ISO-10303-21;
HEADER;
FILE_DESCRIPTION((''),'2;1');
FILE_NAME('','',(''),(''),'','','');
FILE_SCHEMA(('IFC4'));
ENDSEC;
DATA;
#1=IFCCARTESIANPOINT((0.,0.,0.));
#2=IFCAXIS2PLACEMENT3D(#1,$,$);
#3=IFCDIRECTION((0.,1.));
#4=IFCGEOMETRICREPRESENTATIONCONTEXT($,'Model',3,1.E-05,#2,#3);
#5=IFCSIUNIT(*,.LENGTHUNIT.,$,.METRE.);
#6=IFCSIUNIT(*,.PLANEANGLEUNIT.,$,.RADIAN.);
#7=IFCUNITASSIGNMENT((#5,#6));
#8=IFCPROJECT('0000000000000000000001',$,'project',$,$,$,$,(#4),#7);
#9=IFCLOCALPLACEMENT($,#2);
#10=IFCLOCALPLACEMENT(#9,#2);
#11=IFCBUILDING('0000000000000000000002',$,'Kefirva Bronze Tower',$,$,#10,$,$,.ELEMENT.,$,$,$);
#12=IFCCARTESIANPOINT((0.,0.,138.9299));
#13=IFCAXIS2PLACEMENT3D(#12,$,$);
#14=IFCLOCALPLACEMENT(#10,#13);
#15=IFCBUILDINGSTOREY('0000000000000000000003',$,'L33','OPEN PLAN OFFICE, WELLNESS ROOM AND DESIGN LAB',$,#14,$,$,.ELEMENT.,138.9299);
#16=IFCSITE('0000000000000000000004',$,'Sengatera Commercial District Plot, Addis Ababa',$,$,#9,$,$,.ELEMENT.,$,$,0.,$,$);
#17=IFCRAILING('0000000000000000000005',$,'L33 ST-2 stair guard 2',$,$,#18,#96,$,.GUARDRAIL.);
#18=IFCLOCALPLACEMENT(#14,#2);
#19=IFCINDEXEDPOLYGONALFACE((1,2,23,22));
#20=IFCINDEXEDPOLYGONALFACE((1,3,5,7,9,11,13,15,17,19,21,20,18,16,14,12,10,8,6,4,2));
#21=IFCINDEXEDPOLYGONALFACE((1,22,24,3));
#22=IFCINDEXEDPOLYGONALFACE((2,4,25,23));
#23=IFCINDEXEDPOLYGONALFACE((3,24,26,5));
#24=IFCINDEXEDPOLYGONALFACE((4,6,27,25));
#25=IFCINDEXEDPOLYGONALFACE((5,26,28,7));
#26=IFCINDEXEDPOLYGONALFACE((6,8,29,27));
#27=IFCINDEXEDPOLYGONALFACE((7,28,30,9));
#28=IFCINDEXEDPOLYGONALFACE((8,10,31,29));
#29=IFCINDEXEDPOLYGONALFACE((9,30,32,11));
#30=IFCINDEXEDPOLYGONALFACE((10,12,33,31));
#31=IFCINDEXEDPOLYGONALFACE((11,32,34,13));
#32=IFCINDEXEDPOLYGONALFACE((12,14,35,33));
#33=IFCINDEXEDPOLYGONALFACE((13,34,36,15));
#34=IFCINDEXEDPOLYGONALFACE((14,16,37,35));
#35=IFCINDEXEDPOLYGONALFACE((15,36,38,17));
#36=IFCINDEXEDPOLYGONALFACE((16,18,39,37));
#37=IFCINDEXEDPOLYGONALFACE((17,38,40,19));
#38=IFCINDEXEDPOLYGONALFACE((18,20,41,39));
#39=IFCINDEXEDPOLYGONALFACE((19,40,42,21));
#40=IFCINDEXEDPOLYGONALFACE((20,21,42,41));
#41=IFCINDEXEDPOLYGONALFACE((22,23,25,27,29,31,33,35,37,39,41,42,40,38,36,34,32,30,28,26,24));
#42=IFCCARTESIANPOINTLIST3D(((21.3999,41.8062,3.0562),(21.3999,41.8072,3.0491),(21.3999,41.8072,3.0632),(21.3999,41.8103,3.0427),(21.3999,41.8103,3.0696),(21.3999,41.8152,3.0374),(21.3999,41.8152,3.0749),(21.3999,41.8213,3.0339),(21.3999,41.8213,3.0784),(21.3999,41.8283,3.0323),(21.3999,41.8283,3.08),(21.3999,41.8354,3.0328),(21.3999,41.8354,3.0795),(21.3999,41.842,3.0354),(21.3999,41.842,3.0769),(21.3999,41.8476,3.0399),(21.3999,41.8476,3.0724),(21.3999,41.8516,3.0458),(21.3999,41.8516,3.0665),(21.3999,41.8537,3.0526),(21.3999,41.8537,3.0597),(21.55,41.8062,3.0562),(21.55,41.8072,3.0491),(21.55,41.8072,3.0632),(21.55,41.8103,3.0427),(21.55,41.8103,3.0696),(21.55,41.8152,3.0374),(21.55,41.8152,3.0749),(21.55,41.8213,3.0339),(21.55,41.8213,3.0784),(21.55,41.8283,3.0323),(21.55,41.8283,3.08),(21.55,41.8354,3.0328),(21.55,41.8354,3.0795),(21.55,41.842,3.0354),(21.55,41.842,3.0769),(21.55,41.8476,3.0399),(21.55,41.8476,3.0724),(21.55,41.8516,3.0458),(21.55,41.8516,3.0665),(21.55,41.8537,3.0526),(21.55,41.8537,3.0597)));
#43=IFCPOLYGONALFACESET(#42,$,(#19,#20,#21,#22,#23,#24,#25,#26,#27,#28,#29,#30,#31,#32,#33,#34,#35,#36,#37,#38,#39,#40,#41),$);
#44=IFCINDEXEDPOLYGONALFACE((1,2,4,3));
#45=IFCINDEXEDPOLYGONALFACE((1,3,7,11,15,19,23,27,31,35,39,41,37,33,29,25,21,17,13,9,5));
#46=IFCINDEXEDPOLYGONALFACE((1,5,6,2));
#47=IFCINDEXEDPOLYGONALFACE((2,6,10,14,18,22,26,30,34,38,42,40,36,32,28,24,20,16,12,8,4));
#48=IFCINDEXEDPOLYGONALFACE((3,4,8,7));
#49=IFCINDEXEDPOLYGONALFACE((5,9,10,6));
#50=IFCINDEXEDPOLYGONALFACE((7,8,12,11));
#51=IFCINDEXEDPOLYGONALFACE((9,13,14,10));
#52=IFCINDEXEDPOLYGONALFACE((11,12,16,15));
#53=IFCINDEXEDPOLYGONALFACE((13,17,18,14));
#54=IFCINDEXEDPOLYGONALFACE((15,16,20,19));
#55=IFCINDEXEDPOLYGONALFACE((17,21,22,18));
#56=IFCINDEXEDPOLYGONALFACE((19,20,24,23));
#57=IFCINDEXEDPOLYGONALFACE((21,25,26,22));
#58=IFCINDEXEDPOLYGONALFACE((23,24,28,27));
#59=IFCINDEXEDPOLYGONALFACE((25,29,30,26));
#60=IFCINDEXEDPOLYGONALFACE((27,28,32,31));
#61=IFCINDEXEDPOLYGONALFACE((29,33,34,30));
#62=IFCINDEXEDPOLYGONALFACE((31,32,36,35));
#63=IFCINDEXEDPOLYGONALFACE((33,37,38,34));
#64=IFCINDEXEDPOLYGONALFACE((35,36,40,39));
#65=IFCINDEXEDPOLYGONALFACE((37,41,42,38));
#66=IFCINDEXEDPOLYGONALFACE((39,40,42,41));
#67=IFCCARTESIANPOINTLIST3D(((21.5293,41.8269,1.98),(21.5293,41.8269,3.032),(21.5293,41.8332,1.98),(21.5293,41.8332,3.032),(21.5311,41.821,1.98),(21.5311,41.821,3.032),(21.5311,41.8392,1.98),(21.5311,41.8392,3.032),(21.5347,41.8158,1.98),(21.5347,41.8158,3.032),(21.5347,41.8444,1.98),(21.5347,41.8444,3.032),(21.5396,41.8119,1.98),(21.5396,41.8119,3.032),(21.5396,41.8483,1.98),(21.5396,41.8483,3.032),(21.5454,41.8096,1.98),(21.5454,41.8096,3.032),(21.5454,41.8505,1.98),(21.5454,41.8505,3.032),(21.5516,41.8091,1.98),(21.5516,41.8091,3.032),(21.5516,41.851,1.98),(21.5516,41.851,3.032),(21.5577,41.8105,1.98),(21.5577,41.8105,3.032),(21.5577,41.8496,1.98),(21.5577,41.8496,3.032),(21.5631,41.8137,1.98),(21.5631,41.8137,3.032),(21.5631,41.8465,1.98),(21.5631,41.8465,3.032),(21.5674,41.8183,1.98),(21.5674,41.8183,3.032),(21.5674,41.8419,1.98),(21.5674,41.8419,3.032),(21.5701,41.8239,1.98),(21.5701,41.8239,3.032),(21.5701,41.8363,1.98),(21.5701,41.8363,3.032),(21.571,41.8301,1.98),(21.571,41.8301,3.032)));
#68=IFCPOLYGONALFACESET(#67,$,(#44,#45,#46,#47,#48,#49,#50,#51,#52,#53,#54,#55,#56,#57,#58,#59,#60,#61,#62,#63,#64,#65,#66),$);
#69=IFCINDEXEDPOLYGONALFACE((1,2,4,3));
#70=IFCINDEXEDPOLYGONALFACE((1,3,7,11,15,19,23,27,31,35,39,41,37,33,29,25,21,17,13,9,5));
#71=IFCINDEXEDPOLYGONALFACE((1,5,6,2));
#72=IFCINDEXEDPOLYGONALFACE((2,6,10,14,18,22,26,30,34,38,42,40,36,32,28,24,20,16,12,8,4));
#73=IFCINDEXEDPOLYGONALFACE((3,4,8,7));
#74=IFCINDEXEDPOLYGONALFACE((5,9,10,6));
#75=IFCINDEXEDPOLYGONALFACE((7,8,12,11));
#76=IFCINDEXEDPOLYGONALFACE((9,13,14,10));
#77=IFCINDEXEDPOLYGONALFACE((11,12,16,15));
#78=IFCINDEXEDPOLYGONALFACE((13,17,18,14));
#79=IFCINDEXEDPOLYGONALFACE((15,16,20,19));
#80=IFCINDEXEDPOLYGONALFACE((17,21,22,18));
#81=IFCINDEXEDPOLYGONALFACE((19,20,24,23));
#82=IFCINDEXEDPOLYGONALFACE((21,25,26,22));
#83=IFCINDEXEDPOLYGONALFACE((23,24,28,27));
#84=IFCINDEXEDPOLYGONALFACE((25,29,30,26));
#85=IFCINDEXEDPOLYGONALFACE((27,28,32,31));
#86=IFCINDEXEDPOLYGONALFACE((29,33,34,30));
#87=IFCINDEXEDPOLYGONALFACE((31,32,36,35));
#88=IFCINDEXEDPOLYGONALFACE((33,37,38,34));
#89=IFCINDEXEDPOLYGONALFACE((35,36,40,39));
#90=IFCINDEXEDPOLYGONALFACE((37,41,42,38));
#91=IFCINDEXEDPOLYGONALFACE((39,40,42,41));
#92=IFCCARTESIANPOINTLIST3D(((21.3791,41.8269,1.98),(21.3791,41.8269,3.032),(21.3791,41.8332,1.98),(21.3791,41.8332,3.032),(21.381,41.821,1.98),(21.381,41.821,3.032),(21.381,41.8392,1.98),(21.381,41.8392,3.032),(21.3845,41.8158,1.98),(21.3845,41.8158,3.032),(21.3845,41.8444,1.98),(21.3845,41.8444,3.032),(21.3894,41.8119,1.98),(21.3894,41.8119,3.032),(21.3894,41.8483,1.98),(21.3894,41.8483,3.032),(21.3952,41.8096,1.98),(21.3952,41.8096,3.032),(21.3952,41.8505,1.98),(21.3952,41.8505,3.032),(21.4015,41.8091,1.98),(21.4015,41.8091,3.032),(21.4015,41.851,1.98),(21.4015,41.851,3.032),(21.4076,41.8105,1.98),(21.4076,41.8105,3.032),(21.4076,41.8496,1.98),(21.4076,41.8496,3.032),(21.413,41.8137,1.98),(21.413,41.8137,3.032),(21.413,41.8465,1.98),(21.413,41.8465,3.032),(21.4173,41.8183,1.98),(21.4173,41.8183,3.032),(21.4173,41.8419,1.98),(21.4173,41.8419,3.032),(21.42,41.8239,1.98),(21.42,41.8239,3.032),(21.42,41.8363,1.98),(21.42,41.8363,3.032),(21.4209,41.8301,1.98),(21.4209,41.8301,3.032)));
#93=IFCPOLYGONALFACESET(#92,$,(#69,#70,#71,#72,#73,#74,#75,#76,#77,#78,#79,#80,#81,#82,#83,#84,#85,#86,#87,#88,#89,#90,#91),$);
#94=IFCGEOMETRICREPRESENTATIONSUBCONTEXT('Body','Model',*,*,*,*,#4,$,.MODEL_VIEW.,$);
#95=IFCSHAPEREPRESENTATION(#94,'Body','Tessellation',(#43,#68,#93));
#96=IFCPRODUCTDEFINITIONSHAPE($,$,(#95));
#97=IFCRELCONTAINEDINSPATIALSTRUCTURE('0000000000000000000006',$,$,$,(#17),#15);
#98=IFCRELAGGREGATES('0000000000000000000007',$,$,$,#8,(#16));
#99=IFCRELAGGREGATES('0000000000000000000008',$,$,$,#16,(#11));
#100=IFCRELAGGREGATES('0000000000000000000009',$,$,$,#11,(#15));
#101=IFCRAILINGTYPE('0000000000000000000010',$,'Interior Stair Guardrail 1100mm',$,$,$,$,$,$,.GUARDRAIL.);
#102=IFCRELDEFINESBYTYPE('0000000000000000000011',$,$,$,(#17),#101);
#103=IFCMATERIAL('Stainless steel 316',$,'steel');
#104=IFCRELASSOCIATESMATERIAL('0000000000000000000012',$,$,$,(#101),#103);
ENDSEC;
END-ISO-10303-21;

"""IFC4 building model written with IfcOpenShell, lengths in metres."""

from ifc_helpers import new_model, si_unit, direction, frame, origin, origin_2d, place, context, subcontext, project, spatial, circle, extrude, material, type_object, element, save


model = new_model("IFC4")

# Units and contexts
model_context = context("Model", 3, precision=1e-05, world=origin(), true_north=direction((0.0, 1.0)))
body_context = subcontext(model_context, "Body", "Model", "MODEL_VIEW")
ifc_project = project(units=[si_unit("LENGTHUNIT", "METRE"), si_unit("PLANEANGLEUNIT", "RADIAN")], contexts=[model_context])

# Site, building, storey
site_placement = place(None, origin())
site = spatial("IfcSite", under=ifc_project, at=site_placement, Name="Sengatera Commercial District Plot, Addis Ababa", CompositionType="ELEMENT", RefElevation=0.0)
building_placement = place(site_placement, origin())
building = spatial("IfcBuilding", under=site, at=building_placement, Name="Kefirva Bronze Tower", CompositionType="ELEMENT")
storey_placement = place(building_placement, frame((0.0, 0.0, 138.9299)))
storey = spatial("IfcBuildingStorey", under=building, at=storey_placement, Name="L33", Description="OPEN PLAN OFFICE, WELLNESS ROOM AND DESIGN LAB", CompositionType="ELEMENT", Elevation=138.9299)

# Railing
ifc_material_1 = material(Name="Stainless steel 316", Category="steel")
railing_type_1 = type_object("IfcRailingType", Name="Interior Stair Guardrail 1100mm", PredefinedType="GUARDRAIL", material=ifc_material_1)
railing_1_placement = place(storey_placement, frame((21.55, 41.8301, 1.98)))
element("IfcRailing", 1, at=railing_1_placement, inside=storey, type_object=railing_type_1, Name="L33 ST-2 stair guard 2", PredefinedType="GUARDRAIL", context=body_context, shape_type="SweptSolid", body=[
    extrude(circle(Radius=0.0239, at=origin_2d()), frame((0.0, 0.0, 1.0762), z_axis=(-1.0, 0.0, 0.0), x_axis=(0.0, -1.0, 0.0)), (0.0, 0.0, 1.0), 0.1501),
    extrude(circle(Radius=0.021, at=origin_2d()), origin(), (0.0, 0.0, 1.0), 1.052),
    extrude(circle(Radius=0.021, at=origin_2d()), frame((-0.1501, 0.0, 0.0)), (0.0, 0.0, 1.0), 1.052),
])

save(model, "model.ifc")
